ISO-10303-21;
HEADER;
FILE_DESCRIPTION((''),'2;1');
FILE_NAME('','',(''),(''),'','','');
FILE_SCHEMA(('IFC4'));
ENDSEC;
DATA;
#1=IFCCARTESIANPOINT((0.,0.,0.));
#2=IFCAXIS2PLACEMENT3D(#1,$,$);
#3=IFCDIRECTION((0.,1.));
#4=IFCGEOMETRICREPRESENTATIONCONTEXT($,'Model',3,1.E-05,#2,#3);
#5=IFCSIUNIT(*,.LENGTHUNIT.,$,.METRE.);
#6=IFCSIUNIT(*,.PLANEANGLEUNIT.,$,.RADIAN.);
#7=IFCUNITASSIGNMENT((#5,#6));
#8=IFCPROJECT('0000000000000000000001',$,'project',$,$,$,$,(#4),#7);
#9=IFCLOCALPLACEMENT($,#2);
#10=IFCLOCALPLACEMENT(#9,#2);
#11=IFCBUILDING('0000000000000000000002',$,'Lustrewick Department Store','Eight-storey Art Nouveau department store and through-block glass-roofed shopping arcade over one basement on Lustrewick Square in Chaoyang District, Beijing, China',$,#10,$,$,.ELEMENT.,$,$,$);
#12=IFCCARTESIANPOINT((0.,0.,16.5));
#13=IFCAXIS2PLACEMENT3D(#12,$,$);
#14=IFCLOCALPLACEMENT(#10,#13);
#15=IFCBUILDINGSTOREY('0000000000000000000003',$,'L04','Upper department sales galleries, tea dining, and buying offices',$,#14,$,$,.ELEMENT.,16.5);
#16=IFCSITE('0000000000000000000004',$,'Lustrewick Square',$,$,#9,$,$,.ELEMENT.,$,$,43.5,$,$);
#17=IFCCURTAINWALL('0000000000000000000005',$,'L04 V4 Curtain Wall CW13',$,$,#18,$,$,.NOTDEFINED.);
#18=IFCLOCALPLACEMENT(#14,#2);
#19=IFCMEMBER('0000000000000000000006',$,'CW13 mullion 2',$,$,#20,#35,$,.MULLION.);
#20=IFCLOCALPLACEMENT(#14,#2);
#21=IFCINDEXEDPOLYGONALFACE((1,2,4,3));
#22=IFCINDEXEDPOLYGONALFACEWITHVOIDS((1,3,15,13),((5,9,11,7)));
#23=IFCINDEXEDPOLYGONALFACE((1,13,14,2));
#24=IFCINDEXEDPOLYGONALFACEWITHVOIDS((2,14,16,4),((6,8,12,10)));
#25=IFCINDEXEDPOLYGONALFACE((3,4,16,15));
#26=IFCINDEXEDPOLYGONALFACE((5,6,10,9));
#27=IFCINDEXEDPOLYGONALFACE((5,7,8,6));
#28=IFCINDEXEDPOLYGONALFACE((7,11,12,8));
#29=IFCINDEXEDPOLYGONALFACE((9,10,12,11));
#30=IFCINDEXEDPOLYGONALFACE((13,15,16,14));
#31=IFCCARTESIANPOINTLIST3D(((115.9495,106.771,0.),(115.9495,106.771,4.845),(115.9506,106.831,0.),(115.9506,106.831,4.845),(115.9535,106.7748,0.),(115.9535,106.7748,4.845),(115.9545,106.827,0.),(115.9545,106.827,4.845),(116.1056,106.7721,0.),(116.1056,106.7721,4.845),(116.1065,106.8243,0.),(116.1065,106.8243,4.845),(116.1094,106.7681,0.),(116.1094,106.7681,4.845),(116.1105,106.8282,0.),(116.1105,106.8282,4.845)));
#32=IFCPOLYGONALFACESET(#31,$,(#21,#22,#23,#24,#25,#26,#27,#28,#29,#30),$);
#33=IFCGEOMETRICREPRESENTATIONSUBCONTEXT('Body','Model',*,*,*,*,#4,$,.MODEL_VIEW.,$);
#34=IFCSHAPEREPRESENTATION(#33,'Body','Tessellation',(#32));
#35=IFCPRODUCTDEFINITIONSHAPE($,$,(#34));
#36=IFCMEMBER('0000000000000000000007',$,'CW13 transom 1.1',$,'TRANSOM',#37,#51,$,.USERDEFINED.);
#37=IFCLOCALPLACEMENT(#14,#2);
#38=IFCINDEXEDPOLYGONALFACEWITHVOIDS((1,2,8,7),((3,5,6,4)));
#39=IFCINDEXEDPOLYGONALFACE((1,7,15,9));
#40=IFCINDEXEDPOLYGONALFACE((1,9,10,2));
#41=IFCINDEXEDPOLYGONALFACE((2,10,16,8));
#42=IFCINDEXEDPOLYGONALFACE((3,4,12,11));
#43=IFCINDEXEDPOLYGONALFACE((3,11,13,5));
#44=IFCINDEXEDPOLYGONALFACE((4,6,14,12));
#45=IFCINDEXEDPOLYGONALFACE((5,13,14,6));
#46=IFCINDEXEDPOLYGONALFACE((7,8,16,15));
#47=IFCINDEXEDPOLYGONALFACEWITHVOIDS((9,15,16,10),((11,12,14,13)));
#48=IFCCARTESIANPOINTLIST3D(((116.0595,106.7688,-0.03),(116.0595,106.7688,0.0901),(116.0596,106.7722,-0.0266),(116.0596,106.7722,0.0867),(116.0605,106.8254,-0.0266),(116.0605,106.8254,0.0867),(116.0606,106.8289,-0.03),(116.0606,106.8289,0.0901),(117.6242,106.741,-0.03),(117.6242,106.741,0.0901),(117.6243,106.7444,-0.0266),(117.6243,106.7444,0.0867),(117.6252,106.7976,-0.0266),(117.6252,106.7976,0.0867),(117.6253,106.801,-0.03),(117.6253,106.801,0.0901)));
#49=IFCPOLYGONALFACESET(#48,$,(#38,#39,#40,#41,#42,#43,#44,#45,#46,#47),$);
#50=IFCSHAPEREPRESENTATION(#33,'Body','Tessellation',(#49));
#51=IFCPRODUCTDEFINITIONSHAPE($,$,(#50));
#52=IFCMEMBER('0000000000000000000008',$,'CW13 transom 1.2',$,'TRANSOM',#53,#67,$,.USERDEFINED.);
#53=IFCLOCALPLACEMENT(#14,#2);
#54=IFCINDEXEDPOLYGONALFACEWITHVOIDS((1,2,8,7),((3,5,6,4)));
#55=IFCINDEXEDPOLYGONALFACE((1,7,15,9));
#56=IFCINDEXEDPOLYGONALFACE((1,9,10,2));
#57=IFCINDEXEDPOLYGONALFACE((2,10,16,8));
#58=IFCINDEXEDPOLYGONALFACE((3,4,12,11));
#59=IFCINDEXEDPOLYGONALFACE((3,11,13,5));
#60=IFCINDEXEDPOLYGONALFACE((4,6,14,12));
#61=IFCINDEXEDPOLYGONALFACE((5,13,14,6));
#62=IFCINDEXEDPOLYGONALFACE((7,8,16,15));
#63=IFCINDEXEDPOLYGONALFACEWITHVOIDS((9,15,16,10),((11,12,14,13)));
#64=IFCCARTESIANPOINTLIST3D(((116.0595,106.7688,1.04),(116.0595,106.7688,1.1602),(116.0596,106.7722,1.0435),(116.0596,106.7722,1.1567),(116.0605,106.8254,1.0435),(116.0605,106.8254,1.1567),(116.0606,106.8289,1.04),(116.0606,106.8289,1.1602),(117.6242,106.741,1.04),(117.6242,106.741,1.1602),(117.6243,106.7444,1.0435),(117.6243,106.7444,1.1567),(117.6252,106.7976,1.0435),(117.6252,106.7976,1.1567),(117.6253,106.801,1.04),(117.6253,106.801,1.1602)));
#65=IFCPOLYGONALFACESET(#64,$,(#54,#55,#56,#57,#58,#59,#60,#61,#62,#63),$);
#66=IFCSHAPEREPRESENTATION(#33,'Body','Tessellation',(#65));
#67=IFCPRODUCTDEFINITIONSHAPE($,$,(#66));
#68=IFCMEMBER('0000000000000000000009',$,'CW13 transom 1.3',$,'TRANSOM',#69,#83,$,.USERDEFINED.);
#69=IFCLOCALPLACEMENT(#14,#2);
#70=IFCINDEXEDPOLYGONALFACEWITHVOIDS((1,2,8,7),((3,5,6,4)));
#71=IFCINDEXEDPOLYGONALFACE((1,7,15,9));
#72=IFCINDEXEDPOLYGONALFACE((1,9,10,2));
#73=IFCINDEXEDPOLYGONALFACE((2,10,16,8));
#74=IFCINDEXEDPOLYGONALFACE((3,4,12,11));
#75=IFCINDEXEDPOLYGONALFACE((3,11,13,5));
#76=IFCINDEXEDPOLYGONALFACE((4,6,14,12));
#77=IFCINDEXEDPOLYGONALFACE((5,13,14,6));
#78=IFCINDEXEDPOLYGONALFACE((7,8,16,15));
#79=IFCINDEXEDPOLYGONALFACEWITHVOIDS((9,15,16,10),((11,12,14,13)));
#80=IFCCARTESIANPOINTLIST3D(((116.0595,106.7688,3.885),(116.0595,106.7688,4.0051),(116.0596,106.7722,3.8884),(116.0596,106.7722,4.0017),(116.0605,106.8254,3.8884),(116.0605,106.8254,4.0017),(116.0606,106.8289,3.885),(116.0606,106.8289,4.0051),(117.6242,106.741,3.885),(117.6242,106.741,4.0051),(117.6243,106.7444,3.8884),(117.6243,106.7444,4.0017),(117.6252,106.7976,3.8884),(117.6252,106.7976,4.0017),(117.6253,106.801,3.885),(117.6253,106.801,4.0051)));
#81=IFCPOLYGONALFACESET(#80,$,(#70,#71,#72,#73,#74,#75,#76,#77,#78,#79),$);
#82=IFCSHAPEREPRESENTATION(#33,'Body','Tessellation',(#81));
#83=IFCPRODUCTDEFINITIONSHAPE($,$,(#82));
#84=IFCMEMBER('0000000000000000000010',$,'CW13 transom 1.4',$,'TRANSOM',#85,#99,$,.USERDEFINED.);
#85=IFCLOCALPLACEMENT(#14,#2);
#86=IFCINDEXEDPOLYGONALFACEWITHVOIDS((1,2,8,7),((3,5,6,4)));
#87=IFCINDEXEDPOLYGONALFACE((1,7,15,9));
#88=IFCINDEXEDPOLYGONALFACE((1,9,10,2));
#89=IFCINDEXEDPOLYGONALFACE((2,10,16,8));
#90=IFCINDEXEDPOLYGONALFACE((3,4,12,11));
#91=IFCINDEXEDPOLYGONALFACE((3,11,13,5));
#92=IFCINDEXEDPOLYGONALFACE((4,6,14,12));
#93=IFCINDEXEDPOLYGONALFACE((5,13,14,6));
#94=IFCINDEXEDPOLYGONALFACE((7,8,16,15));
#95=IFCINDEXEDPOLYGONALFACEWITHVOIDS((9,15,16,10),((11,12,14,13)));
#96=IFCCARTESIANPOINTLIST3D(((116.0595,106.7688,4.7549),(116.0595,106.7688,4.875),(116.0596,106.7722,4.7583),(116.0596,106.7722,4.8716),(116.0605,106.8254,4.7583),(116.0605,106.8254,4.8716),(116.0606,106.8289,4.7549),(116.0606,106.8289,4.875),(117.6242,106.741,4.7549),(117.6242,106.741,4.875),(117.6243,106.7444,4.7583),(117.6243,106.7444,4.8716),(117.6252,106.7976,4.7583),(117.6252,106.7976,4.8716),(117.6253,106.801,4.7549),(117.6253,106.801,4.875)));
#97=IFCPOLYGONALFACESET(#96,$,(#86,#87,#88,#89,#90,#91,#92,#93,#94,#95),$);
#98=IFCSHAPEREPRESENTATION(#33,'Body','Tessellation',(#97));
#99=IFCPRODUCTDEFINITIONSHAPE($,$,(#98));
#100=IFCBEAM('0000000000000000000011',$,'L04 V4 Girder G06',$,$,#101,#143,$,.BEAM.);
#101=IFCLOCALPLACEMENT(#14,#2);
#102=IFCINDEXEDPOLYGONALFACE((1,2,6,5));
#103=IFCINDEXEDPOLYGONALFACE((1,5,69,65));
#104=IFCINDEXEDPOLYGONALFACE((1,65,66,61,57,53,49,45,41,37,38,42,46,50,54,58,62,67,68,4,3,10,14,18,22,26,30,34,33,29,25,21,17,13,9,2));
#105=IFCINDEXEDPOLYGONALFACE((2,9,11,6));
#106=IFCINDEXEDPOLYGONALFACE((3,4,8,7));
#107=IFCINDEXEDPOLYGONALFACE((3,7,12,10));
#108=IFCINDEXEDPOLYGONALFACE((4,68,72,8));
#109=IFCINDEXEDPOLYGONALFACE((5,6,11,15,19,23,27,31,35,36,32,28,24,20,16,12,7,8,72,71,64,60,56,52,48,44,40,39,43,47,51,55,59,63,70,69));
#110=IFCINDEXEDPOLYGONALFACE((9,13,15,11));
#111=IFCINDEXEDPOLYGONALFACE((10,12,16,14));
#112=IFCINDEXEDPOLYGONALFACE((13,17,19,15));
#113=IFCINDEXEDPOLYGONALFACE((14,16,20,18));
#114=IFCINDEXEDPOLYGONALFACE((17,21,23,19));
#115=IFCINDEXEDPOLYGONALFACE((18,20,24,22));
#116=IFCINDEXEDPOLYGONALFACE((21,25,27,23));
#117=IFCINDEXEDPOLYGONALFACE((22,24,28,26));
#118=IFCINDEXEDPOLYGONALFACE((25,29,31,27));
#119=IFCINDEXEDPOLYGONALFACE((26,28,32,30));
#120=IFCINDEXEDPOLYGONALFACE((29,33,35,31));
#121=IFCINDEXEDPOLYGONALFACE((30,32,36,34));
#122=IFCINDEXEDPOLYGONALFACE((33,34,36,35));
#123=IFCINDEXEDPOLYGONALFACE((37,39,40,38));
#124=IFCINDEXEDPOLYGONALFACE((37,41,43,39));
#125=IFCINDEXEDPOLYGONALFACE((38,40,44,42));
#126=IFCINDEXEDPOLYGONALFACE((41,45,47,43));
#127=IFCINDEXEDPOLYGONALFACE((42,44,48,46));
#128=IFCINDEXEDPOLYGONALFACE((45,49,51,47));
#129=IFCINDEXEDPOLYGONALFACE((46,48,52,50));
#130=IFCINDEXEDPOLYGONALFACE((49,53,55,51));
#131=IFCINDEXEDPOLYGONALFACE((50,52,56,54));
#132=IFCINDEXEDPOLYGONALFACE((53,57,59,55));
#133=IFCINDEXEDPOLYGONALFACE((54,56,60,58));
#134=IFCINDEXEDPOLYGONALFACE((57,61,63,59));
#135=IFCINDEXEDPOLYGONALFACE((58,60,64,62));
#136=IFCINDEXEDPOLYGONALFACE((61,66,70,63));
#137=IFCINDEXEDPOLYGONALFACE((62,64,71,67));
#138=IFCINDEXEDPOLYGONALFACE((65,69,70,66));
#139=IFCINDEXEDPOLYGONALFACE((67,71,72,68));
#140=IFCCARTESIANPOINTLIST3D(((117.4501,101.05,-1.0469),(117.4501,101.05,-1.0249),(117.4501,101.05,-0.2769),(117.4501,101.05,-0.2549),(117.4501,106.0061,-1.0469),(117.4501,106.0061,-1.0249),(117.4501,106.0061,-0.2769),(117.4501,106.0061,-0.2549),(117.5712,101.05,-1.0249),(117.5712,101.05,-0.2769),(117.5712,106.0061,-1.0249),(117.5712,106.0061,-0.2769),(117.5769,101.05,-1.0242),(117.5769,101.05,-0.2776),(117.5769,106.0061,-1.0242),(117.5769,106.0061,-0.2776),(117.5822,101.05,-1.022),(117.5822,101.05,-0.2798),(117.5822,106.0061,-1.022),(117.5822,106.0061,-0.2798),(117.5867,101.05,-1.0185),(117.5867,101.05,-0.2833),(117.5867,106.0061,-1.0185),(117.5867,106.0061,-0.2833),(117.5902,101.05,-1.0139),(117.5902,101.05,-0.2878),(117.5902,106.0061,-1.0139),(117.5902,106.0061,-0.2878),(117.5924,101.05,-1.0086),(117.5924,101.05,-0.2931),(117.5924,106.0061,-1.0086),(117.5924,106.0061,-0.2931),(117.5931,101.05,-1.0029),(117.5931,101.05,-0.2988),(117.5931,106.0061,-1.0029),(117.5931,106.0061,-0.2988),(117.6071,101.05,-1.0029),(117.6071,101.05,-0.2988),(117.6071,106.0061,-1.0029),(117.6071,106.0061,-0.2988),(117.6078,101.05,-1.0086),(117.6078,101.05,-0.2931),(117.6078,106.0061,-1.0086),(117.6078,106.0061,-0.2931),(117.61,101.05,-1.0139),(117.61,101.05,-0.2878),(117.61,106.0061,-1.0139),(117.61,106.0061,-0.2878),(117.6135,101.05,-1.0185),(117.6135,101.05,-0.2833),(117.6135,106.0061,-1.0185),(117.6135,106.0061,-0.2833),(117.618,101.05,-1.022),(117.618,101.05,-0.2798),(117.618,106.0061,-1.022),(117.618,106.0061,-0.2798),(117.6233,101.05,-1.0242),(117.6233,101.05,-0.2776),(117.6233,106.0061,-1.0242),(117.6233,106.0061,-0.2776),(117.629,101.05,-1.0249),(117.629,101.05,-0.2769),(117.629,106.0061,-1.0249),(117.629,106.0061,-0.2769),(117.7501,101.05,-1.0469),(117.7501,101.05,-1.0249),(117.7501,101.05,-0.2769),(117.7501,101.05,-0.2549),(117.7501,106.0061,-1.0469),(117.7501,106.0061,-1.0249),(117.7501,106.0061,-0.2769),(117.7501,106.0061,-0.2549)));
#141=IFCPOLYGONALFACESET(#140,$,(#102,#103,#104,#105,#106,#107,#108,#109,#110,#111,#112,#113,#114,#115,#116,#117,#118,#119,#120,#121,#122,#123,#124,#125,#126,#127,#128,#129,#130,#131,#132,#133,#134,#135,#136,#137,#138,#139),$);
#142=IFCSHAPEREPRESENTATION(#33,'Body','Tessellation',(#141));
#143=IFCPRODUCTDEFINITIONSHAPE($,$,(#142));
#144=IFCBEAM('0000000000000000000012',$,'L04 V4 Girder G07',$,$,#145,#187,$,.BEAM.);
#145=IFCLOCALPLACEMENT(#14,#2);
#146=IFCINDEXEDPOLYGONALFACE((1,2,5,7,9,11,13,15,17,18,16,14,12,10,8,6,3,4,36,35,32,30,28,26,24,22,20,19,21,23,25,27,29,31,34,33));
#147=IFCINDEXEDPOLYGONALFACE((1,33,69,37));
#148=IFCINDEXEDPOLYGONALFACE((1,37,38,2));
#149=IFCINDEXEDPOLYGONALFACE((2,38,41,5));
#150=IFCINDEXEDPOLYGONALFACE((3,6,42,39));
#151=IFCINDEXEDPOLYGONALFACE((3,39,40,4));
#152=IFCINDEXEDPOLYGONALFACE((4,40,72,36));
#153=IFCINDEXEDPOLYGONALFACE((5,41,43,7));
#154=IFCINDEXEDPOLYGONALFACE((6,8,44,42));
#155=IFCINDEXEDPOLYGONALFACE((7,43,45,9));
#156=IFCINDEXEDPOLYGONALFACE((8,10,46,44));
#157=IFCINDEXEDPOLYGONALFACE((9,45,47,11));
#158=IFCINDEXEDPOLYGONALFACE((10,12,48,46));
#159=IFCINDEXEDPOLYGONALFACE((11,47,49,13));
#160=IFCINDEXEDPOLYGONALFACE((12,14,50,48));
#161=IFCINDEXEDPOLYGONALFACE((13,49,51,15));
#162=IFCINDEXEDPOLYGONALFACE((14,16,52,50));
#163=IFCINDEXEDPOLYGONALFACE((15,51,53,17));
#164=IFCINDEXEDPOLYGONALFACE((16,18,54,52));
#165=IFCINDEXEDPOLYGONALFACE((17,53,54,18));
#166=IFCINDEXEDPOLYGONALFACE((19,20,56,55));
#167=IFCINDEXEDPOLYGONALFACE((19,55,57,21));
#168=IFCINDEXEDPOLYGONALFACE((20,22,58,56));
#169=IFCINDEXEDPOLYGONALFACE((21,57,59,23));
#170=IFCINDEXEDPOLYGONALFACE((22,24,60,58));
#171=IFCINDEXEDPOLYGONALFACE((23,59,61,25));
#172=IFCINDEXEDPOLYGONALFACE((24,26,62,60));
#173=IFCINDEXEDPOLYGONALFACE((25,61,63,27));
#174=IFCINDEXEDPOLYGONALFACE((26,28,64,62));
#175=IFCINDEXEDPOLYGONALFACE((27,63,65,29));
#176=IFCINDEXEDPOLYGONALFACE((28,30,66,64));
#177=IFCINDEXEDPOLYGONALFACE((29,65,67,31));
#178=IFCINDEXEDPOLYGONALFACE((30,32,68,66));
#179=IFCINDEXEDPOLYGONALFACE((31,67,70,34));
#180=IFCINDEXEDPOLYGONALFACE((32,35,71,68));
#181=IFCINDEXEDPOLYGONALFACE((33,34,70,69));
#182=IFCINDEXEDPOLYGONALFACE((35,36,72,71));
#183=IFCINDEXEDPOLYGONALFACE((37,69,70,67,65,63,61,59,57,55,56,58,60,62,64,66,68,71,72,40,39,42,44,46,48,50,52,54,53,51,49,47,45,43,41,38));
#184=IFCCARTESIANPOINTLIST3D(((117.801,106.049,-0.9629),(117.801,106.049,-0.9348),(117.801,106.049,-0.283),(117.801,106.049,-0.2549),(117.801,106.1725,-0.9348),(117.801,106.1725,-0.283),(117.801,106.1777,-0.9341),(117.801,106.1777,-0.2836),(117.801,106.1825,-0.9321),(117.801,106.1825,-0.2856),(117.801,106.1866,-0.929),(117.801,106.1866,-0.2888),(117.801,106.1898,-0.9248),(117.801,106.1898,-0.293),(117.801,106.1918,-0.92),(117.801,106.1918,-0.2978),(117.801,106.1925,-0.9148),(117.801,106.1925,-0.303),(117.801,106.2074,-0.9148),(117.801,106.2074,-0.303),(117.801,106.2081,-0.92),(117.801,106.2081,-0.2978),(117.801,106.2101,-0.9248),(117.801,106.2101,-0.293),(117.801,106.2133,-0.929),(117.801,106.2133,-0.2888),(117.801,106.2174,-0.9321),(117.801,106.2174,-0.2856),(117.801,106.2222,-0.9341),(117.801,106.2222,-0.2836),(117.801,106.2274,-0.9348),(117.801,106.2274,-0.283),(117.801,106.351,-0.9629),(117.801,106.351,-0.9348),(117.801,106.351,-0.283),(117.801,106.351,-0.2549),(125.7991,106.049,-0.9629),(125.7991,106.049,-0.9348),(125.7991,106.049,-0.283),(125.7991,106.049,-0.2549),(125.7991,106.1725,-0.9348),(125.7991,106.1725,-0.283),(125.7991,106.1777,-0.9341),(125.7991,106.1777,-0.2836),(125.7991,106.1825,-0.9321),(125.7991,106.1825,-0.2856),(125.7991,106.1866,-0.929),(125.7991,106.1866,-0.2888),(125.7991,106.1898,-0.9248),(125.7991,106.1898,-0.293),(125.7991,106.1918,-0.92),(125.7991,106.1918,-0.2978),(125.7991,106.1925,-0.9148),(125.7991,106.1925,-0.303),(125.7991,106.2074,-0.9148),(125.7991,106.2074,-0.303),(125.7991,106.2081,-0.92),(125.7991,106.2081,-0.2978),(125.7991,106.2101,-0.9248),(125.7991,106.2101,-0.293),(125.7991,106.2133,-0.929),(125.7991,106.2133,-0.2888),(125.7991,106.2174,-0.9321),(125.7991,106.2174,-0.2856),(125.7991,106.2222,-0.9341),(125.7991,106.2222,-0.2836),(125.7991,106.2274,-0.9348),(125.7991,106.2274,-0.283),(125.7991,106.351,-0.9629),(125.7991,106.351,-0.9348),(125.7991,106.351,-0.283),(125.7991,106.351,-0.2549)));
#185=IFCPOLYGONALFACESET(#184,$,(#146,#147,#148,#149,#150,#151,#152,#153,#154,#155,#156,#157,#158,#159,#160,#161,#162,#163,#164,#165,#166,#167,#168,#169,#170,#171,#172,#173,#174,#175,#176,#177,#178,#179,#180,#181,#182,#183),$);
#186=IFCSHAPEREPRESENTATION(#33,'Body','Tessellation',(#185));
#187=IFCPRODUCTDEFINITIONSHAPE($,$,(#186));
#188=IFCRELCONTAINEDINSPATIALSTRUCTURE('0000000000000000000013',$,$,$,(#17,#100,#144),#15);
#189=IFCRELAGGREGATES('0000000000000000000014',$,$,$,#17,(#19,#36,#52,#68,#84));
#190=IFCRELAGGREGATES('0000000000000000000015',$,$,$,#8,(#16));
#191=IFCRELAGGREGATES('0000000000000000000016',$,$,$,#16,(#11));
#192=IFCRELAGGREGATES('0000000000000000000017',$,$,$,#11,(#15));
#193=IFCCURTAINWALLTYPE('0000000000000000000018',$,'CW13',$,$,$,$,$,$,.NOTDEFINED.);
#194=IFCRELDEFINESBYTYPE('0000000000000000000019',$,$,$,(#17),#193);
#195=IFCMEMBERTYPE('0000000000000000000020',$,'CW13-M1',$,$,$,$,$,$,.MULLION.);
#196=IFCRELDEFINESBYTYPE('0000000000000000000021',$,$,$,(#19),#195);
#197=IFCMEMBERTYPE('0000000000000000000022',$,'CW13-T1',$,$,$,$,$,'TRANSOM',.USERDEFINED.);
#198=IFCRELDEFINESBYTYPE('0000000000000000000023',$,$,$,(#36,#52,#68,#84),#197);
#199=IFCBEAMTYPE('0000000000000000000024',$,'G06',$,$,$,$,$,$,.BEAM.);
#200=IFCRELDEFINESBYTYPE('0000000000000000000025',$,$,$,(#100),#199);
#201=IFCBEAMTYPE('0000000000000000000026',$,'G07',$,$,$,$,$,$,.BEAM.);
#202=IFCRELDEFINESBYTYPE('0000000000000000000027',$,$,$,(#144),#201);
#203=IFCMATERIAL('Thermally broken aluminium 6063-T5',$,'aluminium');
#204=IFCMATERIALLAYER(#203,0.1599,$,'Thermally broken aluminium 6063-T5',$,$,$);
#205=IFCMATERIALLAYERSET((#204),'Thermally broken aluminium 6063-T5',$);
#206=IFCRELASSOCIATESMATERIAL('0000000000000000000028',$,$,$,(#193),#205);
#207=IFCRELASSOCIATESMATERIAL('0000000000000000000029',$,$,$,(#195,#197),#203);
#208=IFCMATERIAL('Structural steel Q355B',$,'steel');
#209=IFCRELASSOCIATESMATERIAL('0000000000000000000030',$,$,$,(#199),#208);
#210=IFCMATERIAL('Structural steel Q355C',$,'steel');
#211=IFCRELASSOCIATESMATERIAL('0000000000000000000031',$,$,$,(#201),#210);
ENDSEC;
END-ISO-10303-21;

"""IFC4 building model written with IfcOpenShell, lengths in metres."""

from ifc_helpers import new_model, si_unit, direction, frame, origin, origin_2d, place, context, subcontext, project, spatial, hollow_rectangle, i_section, extrude, material, layer, layer_set, material_profile, profile_set, type_object, element, aggregate, save


model = new_model("IFC4")

# Units and contexts
model_context = context("Model", 3, precision=1e-05, world=origin(), true_north=direction((0.0, 1.0)))
body_context = subcontext(model_context, "Body", "Model", "MODEL_VIEW")
ifc_project = project(units=[si_unit("LENGTHUNIT", "METRE"), si_unit("PLANEANGLEUNIT", "RADIAN")], contexts=[model_context])

# Site, building, storey
site_placement = place(None, origin())
site = spatial("IfcSite", under=ifc_project, at=site_placement, Name="Lustrewick Square", CompositionType="ELEMENT", RefElevation=43.5)
building_placement = place(site_placement, origin())
building = spatial("IfcBuilding", under=site, at=building_placement, Name="Lustrewick Department Store", Description="Eight-storey Art Nouveau department store and through-block glass-roofed shopping arcade over one basement on Lustrewick Square in Chaoyang District, Beijing, China", CompositionType="ELEMENT")
storey_placement = place(building_placement, frame((0.0, 0.0, 16.5)))
storey = spatial("IfcBuildingStorey", under=building, at=storey_placement, Name="L04", Description="Upper department sales galleries, tea dining, and buying offices", CompositionType="ELEMENT", Elevation=16.5)

# Shared definitions
ifc_material_1 = material(Name="Structural steel Q355B", Category="steel")

# Curtain wall, members
ifc_material_2 = material(Name="Thermally broken aluminium 6063-T5", Category="aluminium")
ifc_layer_1 = layer(ifc_material_2, 0.1599, Name="Thermally broken aluminium 6063-T5")
ifc_layer_set_1 = layer_set([ifc_layer_1], Name="Thermally broken aluminium 6063-T5")
curtain_wall_type_1 = type_object("IfcCurtainWallType", Name="CW13", PredefinedType="NOTDEFINED", material=ifc_layer_set_1)
curtain_wall_1_placement = place(storey_placement, origin())
curtain_wall_1 = element("IfcCurtainWall", 1, at=curtain_wall_1_placement, inside=storey, type_object=curtain_wall_type_1, Name="L04 V4 Curtain Wall CW13", PredefinedType="NOTDEFINED")
ifc_material_profile_1 = material_profile(ifc_material_2, hollow_rectangle(XDim=0.0601, YDim=0.1599, WallThickness=0.0039, at=origin_2d()), Name="ALU-M 60x160x4")
ifc_profile_set_1 = profile_set([ifc_material_profile_1], Name="Thermally broken aluminium 6063-T5")
member_type_1 = type_object("IfcMemberType", Name="CW13-M1", PredefinedType="MULLION", material=ifc_profile_set_1)
member_1_placement = place(storey_placement, frame((116.03, 106.7996, 0.0), z_axis=(0.0, 0.0, 1.0), x_axis=(-0.017864, -0.99984, 0.0)))
member_1 = element("IfcMember", 2, at=member_1_placement, type_object=member_type_1, Name="CW13 mullion 2", PredefinedType="MULLION", context=body_context, shape_type="SweptSolid", body=[
    extrude(hollow_rectangle(XDim=0.0601, YDim=0.1599, WallThickness=0.0039, at=origin_2d()), origin(), (0.0, 0.0, 1.0), 4.845),
])
ifc_material_profile_2 = material_profile(ifc_material_2, hollow_rectangle(XDim=0.0601, YDim=0.1201, WallThickness=0.0034, at=origin_2d()), Name="ALU-T 60x120x3.5")
ifc_profile_set_2 = profile_set([ifc_material_profile_2], Name="Thermally broken aluminium 6063-T5")
member_type_2 = type_object("IfcMemberType", Name="CW13-T1", ElementType="TRANSOM", PredefinedType="USERDEFINED", material=ifc_profile_set_2)
member_2_placement = place(storey_placement, frame((117.6248, 106.771, 0.03), z_axis=(-0.999842, 0.017785, 0.0), x_axis=(-0.017785, -0.999842, 0.0)))
member_2 = element("IfcMember", 3, at=member_2_placement, type_object=member_type_2, Name="CW13 transom 1.1", ObjectType="TRANSOM", PredefinedType="USERDEFINED", context=body_context, shape_type="SweptSolid", body=[
    extrude(hollow_rectangle(XDim=0.0601, YDim=0.1201, WallThickness=0.0034, at=origin_2d()), origin(), (0.0, 0.0, 1.0), 1.5649),
])
member_3_placement = place(storey_placement, frame((117.6248, 106.771, 1.1001), z_axis=(-0.999842, 0.017785, 0.0), x_axis=(-0.017785, -0.999842, 0.0)))
member_3 = element("IfcMember", 4, at=member_3_placement, type_object=member_type_2, Name="CW13 transom 1.2", ObjectType="TRANSOM", PredefinedType="USERDEFINED", context=body_context, shape_type="SweptSolid", body=[
    extrude(hollow_rectangle(XDim=0.0601, YDim=0.1201, WallThickness=0.0034, at=origin_2d()), origin(), (0.0, 0.0, 1.0), 1.5649),
])
member_4_placement = place(storey_placement, frame((117.6248, 106.771, 3.9451), z_axis=(-0.999842, 0.017785, 0.0), x_axis=(-0.017785, -0.999842, 0.0)))
member_4 = element("IfcMember", 5, at=member_4_placement, type_object=member_type_2, Name="CW13 transom 1.3", ObjectType="TRANSOM", PredefinedType="USERDEFINED", context=body_context, shape_type="SweptSolid", body=[
    extrude(hollow_rectangle(XDim=0.0601, YDim=0.1201, WallThickness=0.0034, at=origin_2d()), origin(), (0.0, 0.0, 1.0), 1.5649),
])
member_5_placement = place(storey_placement, frame((117.6248, 106.771, 4.8149), z_axis=(-0.999842, 0.017785, 0.0), x_axis=(-0.017785, -0.999842, 0.0)))
member_5 = element("IfcMember", 6, at=member_5_placement, type_object=member_type_2, Name="CW13 transom 1.4", ObjectType="TRANSOM", PredefinedType="USERDEFINED", context=body_context, shape_type="SweptSolid", body=[
    extrude(hollow_rectangle(XDim=0.0601, YDim=0.1201, WallThickness=0.0034, at=origin_2d()), origin(), (0.0, 0.0, 1.0), 1.5649),
])

# Beams
ifc_material_profile_3 = material_profile(ifc_material_1, i_section(OverallWidth=0.3, OverallDepth=0.792, WebThickness=0.0139, FlangeThickness=0.022, FilletRadius=0.022, at=origin_2d()), Name="HN 792x300x14x22")
ifc_profile_set_3 = profile_set([ifc_material_profile_3], Name="Structural steel Q355B")
beam_type_1 = type_object("IfcBeamType", Name="G06", PredefinedType="BEAM", material=ifc_profile_set_3)
beam_1_placement = place(storey_placement, frame((117.6001, 101.05, -0.6509), z_axis=(0.0, 1.0, 0.0), x_axis=(-1.0, 0.0, 0.0)))
element("IfcBeam", 7, at=beam_1_placement, inside=storey, type_object=beam_type_1, Name="L04 V4 Girder G06", PredefinedType="BEAM", context=body_context, shape_type="SweptSolid", body=[
    extrude(i_section(OverallWidth=0.3, OverallDepth=0.792, WebThickness=0.0139, FlangeThickness=0.022, FilletRadius=0.022, at=origin_2d()), origin(), (0.0, 0.0, 1.0), 4.9561),
])
ifc_material_3 = material(Name="Structural steel Q355C", Category="steel")
ifc_material_profile_4 = material_profile(ifc_material_3, i_section(OverallWidth=0.302, OverallDepth=0.708, WebThickness=0.0149, FlangeThickness=0.0281, FilletRadius=0.02, at=origin_2d()), Name="HN 708x302x15x28")
ifc_profile_set_4 = profile_set([ifc_material_profile_4], Name="Structural steel Q355C")
beam_type_2 = type_object("IfcBeamType", Name="G07", PredefinedType="BEAM", material=ifc_profile_set_4)
beam_2_placement = place(storey_placement, frame((117.801, 106.2, -0.6089), z_axis=(1.0, 0.0, 0.0), x_axis=(0.0, 1.0, 0.0)))
element("IfcBeam", 8, at=beam_2_placement, inside=storey, type_object=beam_type_2, Name="L04 V4 Girder G07", PredefinedType="BEAM", context=body_context, shape_type="SweptSolid", body=[
    extrude(i_section(OverallWidth=0.302, OverallDepth=0.708, WebThickness=0.0149, FlangeThickness=0.0281, FilletRadius=0.02, at=origin_2d()), origin(), (0.0, 0.0, 1.0), 7.998),
])

aggregate(curtain_wall_1, [member_1, member_2, member_3, member_4, member_5])

save(model, "model.ifc")
